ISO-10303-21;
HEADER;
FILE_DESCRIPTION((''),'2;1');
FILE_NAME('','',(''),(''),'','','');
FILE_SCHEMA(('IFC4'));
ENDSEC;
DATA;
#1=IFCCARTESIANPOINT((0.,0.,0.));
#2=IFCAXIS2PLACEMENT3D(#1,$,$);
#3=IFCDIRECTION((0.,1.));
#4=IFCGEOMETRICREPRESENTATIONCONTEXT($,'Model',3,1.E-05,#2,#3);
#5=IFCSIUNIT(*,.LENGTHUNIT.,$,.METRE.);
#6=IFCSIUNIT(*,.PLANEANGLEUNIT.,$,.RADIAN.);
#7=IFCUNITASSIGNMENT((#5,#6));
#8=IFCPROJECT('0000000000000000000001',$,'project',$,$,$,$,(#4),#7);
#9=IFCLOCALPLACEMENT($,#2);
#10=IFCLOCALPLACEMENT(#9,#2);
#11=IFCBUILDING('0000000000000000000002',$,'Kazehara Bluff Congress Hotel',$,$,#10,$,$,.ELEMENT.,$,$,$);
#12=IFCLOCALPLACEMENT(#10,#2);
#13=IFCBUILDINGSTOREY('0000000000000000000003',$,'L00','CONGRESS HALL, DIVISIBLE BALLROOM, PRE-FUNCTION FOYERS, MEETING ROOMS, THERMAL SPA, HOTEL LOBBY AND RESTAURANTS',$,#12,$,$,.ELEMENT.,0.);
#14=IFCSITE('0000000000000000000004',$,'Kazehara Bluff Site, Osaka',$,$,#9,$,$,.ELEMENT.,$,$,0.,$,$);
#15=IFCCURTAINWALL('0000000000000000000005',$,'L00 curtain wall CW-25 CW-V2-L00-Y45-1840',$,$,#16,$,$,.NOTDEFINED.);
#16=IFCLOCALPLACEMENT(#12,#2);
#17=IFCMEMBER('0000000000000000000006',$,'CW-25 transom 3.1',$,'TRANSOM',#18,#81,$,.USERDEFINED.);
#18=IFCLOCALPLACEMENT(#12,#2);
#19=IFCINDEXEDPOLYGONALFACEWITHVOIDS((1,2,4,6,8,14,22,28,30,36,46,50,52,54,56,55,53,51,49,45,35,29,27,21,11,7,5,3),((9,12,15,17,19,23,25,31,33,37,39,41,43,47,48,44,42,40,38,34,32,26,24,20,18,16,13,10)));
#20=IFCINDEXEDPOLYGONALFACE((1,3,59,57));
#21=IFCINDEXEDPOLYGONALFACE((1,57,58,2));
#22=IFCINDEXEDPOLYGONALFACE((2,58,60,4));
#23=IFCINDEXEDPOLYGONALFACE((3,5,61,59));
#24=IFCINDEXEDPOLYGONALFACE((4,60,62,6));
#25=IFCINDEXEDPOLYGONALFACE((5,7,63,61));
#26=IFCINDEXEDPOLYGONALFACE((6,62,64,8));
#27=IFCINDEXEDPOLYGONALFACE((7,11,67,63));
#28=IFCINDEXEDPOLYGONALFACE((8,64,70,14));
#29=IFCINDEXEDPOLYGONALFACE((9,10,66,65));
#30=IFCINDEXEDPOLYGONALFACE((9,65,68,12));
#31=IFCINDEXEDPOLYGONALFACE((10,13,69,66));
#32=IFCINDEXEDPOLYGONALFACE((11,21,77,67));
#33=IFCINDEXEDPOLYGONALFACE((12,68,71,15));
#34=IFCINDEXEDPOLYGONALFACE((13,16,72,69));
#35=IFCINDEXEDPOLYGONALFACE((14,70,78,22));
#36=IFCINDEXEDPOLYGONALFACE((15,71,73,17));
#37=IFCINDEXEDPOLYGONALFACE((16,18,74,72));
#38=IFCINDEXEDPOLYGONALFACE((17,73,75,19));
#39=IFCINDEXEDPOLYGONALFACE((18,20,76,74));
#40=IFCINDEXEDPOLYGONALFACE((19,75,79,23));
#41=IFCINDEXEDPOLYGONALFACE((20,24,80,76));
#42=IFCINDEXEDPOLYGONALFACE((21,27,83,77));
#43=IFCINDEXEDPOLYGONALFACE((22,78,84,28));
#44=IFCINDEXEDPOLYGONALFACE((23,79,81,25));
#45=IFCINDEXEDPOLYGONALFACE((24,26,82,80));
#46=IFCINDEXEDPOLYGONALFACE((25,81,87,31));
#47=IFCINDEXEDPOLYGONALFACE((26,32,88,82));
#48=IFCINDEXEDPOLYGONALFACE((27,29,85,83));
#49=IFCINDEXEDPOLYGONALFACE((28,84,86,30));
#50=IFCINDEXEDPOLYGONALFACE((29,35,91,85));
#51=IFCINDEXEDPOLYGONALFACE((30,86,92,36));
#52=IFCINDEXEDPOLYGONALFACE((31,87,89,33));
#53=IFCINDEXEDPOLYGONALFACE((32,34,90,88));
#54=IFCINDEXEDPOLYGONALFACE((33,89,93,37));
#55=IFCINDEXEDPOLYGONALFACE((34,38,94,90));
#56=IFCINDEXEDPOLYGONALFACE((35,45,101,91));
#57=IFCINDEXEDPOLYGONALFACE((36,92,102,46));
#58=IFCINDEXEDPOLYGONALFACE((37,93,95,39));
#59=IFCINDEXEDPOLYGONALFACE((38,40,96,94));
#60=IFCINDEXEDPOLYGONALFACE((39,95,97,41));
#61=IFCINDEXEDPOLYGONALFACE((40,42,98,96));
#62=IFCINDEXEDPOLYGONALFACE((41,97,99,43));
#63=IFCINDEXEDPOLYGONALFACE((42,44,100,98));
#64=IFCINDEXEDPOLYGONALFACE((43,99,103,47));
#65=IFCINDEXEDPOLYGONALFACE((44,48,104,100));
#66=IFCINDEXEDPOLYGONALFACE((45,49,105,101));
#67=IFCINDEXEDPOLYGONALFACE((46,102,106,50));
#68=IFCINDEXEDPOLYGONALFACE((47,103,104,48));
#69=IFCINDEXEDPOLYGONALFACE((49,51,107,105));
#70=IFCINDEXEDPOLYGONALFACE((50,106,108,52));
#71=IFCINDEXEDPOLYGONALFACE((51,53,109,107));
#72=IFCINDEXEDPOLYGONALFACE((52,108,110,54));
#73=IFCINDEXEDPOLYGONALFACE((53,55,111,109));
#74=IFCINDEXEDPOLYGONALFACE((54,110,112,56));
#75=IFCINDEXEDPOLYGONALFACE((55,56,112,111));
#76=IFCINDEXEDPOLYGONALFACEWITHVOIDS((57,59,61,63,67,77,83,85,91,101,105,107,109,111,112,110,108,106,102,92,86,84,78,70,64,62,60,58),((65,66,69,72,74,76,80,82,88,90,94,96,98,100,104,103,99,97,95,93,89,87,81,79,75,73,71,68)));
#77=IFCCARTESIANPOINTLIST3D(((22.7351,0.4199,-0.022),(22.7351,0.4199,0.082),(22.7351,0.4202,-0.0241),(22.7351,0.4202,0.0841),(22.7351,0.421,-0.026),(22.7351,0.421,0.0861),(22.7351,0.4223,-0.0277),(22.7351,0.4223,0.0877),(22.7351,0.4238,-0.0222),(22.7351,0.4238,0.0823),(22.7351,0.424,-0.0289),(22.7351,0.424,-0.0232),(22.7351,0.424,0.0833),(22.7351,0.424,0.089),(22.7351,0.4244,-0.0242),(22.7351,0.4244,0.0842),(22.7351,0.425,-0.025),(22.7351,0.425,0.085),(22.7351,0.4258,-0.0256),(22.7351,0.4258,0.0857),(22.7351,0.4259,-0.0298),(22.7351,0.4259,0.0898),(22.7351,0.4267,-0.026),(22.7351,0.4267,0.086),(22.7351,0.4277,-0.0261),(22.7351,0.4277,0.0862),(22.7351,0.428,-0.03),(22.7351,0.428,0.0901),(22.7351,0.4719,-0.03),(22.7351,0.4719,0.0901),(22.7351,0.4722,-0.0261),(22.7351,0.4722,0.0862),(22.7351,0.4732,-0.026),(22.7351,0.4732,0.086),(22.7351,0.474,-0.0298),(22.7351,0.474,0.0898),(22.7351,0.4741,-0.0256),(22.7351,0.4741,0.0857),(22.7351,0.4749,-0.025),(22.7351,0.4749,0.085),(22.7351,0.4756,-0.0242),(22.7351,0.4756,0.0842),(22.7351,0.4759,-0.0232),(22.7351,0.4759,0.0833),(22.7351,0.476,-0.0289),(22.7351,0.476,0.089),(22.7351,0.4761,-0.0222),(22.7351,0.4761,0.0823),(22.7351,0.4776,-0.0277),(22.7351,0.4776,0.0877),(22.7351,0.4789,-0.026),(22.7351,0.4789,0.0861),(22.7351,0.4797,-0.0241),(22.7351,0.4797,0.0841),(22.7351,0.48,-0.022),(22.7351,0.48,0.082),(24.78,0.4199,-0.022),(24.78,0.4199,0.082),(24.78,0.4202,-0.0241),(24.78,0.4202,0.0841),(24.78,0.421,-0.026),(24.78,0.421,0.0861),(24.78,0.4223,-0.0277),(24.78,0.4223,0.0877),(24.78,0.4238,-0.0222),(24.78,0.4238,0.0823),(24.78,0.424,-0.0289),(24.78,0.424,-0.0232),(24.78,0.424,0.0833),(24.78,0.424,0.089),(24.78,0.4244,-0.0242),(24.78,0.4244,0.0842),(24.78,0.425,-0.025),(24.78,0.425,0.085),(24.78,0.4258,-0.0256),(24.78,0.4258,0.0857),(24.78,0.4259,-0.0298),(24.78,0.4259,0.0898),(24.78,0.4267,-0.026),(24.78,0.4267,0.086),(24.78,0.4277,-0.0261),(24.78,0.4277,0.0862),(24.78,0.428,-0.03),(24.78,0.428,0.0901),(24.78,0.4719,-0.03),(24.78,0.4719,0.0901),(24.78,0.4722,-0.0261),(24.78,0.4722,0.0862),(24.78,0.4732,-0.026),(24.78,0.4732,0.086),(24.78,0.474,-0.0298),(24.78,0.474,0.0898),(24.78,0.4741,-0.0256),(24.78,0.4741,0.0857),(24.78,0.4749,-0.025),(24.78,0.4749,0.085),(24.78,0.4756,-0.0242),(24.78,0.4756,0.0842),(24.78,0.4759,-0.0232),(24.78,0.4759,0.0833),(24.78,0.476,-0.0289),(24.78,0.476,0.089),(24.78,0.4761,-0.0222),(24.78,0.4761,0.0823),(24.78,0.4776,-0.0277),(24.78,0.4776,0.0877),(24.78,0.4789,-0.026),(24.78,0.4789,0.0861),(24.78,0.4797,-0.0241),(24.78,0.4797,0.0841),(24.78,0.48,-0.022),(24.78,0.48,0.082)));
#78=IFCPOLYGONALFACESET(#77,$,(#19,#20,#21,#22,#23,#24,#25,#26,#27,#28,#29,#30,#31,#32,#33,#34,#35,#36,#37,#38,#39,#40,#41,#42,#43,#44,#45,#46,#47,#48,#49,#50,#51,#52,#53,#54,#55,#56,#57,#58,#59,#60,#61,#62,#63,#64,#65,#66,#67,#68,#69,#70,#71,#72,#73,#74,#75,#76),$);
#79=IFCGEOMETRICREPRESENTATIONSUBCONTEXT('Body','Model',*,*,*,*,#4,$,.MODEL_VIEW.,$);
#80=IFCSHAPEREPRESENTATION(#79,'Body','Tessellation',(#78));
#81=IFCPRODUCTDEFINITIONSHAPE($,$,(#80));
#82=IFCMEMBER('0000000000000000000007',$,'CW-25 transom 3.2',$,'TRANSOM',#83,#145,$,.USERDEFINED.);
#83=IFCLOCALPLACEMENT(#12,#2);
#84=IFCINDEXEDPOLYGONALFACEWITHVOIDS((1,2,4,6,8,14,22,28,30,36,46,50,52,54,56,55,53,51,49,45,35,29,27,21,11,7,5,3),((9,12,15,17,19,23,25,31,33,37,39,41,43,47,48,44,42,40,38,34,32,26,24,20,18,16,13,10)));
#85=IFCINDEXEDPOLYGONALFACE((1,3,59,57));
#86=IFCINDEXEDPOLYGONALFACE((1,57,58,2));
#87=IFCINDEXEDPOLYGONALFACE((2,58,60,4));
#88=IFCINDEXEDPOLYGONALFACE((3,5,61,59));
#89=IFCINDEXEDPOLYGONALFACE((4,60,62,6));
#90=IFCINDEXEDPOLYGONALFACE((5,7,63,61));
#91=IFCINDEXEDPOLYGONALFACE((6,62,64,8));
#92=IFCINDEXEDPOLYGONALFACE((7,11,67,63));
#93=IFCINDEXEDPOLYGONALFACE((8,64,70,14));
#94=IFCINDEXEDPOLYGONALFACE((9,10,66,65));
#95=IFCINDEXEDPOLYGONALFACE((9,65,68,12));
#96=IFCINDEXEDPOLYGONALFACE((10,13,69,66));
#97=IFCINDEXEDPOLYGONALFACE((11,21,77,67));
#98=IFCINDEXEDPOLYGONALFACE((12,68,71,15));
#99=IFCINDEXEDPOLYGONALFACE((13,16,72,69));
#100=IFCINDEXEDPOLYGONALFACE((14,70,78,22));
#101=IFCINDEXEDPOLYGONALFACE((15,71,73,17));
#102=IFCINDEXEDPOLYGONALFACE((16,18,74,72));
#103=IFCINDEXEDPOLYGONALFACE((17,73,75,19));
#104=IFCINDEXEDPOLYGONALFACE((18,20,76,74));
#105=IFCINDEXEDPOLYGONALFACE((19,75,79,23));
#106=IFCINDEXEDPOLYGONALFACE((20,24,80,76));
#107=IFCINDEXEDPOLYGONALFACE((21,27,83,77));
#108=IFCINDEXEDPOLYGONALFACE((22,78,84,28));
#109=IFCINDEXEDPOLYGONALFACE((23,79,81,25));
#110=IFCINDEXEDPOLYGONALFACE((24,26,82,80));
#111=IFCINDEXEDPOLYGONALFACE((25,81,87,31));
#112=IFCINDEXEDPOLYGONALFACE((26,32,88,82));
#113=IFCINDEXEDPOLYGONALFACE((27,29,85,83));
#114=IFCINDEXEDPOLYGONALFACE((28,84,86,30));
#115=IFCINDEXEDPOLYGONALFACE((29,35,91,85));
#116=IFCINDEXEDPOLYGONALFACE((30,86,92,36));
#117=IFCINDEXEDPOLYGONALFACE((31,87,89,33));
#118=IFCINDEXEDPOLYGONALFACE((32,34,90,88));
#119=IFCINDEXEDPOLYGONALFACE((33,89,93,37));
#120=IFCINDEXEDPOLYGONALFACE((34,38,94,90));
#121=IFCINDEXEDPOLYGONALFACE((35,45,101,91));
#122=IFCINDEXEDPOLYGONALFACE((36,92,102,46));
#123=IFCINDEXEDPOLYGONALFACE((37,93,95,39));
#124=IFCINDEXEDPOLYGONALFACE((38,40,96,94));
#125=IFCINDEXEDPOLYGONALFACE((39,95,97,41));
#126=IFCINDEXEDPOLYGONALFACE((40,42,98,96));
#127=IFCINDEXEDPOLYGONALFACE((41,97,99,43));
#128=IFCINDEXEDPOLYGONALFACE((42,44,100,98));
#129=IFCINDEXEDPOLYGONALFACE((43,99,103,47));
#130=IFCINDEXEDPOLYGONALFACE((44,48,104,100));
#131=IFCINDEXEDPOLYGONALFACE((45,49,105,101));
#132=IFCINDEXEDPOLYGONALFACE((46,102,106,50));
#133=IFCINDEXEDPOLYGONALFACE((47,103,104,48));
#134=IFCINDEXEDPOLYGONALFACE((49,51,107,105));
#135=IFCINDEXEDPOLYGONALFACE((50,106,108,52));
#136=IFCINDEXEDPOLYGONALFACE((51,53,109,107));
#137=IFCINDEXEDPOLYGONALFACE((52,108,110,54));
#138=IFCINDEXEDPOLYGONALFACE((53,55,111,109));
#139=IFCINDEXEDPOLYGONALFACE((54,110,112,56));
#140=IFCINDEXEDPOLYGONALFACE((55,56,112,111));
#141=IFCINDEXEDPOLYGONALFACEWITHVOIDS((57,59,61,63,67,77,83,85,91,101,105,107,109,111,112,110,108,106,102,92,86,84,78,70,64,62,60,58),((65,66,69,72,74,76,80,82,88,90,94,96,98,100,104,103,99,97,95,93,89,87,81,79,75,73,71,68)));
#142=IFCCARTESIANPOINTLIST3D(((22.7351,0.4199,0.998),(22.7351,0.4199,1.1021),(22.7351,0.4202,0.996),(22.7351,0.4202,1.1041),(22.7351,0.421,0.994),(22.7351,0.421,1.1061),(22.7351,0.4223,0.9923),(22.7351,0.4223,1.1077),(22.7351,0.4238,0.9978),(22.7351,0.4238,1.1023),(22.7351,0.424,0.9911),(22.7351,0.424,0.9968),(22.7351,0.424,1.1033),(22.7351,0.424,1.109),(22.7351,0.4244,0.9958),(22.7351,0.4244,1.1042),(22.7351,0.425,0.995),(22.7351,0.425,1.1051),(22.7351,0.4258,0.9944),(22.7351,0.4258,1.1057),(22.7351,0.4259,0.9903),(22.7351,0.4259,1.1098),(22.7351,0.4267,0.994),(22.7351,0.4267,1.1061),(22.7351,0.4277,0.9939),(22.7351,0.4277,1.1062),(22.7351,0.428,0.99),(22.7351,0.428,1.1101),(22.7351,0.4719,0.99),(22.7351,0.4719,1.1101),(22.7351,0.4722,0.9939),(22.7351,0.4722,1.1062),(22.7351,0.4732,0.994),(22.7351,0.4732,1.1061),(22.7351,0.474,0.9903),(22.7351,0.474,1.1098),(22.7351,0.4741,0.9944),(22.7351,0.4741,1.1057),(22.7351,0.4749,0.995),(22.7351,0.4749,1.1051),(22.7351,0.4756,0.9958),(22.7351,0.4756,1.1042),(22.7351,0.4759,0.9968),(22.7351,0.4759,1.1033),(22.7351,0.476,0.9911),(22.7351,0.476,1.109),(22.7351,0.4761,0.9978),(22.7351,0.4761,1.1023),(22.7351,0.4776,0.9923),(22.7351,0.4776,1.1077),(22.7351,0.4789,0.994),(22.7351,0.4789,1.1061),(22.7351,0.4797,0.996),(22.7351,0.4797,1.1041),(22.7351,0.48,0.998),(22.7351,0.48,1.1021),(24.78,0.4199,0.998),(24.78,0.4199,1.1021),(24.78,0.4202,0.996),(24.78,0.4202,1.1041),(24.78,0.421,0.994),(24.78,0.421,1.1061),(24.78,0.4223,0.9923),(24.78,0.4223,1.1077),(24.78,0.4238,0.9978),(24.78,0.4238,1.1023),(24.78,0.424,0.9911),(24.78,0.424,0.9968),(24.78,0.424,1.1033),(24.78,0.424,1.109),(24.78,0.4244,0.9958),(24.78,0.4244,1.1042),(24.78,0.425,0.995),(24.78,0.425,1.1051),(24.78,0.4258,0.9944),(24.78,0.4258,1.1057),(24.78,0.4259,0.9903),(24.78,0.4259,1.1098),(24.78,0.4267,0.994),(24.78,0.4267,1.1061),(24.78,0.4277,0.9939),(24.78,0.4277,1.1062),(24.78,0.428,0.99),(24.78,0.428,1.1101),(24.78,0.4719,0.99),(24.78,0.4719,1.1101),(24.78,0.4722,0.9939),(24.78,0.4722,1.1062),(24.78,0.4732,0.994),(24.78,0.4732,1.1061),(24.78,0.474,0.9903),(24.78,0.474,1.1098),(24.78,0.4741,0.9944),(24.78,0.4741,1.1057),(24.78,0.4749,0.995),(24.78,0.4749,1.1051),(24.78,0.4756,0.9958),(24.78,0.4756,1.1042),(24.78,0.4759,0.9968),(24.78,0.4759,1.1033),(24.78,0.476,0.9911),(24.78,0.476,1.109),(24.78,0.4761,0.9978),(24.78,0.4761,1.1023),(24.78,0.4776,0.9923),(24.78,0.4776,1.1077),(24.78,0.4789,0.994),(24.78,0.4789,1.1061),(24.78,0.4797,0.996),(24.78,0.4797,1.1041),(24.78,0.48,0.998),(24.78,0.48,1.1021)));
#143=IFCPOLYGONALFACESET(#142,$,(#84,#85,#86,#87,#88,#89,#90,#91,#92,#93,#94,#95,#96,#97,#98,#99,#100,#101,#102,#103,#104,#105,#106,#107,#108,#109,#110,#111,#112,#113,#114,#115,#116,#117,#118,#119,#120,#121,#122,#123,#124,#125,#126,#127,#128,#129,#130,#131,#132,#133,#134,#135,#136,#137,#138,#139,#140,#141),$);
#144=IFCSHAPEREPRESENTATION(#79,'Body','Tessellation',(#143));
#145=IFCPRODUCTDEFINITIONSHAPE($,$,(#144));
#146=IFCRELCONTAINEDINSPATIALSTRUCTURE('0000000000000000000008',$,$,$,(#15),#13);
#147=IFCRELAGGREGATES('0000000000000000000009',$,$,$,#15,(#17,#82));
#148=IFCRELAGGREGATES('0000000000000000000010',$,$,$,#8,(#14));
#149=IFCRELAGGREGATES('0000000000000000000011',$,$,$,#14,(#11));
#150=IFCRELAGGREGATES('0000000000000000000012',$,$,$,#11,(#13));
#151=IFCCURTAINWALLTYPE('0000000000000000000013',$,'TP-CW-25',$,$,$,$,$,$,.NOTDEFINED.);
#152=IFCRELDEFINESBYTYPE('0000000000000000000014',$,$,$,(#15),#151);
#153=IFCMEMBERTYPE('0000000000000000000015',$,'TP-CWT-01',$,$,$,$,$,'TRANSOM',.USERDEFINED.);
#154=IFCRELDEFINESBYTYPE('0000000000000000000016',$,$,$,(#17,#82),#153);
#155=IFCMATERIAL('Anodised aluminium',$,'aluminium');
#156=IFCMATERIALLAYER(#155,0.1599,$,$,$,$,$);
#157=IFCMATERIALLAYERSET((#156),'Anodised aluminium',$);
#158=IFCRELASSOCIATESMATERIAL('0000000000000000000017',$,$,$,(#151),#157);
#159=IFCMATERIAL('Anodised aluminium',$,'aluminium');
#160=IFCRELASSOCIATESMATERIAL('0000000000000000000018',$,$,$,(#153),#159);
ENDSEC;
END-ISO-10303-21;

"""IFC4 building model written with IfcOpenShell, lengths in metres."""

from ifc_helpers import new_model, si_unit, direction, frame, origin, origin_2d, place, context, subcontext, project, spatial, hollow_rectangle, extrude, material, layer, layer_set, material_profile, profile_set, type_object, element, aggregate, save


model = new_model("IFC4")

# Units and contexts
model_context = context("Model", 3, precision=1e-05, world=origin(), true_north=direction((0.0, 1.0)))
body_context = subcontext(model_context, "Body", "Model", "MODEL_VIEW")
ifc_project = project(units=[si_unit("LENGTHUNIT", "METRE"), si_unit("PLANEANGLEUNIT", "RADIAN")], contexts=[model_context])

# Site, building, storey
site_placement = place(None, origin())
site = spatial("IfcSite", under=ifc_project, at=site_placement, Name="Kazehara Bluff Site, Osaka", CompositionType="ELEMENT", RefElevation=0.0)
building_placement = place(site_placement, origin())
building = spatial("IfcBuilding", under=site, at=building_placement, Name="Kazehara Bluff Congress Hotel", CompositionType="ELEMENT")
storey_placement = place(building_placement, origin())
storey = spatial("IfcBuildingStorey", under=building, at=storey_placement, Name="L00", Description="CONGRESS HALL, DIVISIBLE BALLROOM, PRE-FUNCTION FOYERS, MEETING ROOMS, THERMAL SPA, HOTEL LOBBY AND RESTAURANTS", CompositionType="ELEMENT", Elevation=0.0)

# Curtain wall
ifc_material_1 = material(Name="Anodised aluminium", Category="aluminium")
ifc_layer_1 = layer(ifc_material_1, 0.1599)
ifc_layer_set_1 = layer_set([ifc_layer_1], Name="Anodised aluminium")
curtain_wall_type_1 = type_object("IfcCurtainWallType", Name="TP-CW-25", PredefinedType="NOTDEFINED", material=ifc_layer_set_1)
curtain_wall_1_placement = place(storey_placement, origin())
curtain_wall_1 = element("IfcCurtainWall", 1, at=curtain_wall_1_placement, inside=storey, type_object=curtain_wall_type_1, Name="L00 curtain wall CW-25 CW-V2-L00-Y45-1840", PredefinedType="NOTDEFINED")

# Members
ifc_material_2 = material(Name="Anodised aluminium", Category="aluminium")
ifc_material_profile_1 = material_profile(ifc_material_2, hollow_rectangle(XDim=0.0601, YDim=0.1201, WallThickness=0.0039, InnerFilletRadius=0.0039, OuterFilletRadius=0.0081, at=origin_2d()))
ifc_profile_set_1 = profile_set([ifc_material_profile_1], Name="Anodised aluminium")
member_type_1 = type_object("IfcMemberType", Name="TP-CWT-01", ElementType="TRANSOM", PredefinedType="USERDEFINED", material=ifc_profile_set_1)
member_1_placement = place(storey_placement, frame((22.7351, 0.45, 0.03), z_axis=(1.0, 0.0, 0.0), x_axis=(0.0, 1.0, 0.0)))
member_1 = element("IfcMember", 2, at=member_1_placement, type_object=member_type_1, Name="CW-25 transom 3.1", ObjectType="TRANSOM", PredefinedType="USERDEFINED", context=body_context, shape_type="SweptSolid", body=[
    extrude(hollow_rectangle(XDim=0.0601, YDim=0.1201, WallThickness=0.0039, InnerFilletRadius=0.0039, OuterFilletRadius=0.0081, at=origin_2d()), origin(), (0.0, 0.0, 1.0), 2.0449),
])
member_2_placement = place(storey_placement, frame((22.7351, 0.45, 1.05), z_axis=(1.0, 0.0, 0.0), x_axis=(0.0, 1.0, 0.0)))
member_2 = element("IfcMember", 3, at=member_2_placement, type_object=member_type_1, Name="CW-25 transom 3.2", ObjectType="TRANSOM", PredefinedType="USERDEFINED", context=body_context, shape_type="SweptSolid", body=[
    extrude(hollow_rectangle(XDim=0.0601, YDim=0.1201, WallThickness=0.0039, InnerFilletRadius=0.0039, OuterFilletRadius=0.0081, at=origin_2d()), origin(), (0.0, 0.0, 1.0), 2.0449),
])

aggregate(curtain_wall_1, [member_1, member_2])

save(model, "model.ifc")
